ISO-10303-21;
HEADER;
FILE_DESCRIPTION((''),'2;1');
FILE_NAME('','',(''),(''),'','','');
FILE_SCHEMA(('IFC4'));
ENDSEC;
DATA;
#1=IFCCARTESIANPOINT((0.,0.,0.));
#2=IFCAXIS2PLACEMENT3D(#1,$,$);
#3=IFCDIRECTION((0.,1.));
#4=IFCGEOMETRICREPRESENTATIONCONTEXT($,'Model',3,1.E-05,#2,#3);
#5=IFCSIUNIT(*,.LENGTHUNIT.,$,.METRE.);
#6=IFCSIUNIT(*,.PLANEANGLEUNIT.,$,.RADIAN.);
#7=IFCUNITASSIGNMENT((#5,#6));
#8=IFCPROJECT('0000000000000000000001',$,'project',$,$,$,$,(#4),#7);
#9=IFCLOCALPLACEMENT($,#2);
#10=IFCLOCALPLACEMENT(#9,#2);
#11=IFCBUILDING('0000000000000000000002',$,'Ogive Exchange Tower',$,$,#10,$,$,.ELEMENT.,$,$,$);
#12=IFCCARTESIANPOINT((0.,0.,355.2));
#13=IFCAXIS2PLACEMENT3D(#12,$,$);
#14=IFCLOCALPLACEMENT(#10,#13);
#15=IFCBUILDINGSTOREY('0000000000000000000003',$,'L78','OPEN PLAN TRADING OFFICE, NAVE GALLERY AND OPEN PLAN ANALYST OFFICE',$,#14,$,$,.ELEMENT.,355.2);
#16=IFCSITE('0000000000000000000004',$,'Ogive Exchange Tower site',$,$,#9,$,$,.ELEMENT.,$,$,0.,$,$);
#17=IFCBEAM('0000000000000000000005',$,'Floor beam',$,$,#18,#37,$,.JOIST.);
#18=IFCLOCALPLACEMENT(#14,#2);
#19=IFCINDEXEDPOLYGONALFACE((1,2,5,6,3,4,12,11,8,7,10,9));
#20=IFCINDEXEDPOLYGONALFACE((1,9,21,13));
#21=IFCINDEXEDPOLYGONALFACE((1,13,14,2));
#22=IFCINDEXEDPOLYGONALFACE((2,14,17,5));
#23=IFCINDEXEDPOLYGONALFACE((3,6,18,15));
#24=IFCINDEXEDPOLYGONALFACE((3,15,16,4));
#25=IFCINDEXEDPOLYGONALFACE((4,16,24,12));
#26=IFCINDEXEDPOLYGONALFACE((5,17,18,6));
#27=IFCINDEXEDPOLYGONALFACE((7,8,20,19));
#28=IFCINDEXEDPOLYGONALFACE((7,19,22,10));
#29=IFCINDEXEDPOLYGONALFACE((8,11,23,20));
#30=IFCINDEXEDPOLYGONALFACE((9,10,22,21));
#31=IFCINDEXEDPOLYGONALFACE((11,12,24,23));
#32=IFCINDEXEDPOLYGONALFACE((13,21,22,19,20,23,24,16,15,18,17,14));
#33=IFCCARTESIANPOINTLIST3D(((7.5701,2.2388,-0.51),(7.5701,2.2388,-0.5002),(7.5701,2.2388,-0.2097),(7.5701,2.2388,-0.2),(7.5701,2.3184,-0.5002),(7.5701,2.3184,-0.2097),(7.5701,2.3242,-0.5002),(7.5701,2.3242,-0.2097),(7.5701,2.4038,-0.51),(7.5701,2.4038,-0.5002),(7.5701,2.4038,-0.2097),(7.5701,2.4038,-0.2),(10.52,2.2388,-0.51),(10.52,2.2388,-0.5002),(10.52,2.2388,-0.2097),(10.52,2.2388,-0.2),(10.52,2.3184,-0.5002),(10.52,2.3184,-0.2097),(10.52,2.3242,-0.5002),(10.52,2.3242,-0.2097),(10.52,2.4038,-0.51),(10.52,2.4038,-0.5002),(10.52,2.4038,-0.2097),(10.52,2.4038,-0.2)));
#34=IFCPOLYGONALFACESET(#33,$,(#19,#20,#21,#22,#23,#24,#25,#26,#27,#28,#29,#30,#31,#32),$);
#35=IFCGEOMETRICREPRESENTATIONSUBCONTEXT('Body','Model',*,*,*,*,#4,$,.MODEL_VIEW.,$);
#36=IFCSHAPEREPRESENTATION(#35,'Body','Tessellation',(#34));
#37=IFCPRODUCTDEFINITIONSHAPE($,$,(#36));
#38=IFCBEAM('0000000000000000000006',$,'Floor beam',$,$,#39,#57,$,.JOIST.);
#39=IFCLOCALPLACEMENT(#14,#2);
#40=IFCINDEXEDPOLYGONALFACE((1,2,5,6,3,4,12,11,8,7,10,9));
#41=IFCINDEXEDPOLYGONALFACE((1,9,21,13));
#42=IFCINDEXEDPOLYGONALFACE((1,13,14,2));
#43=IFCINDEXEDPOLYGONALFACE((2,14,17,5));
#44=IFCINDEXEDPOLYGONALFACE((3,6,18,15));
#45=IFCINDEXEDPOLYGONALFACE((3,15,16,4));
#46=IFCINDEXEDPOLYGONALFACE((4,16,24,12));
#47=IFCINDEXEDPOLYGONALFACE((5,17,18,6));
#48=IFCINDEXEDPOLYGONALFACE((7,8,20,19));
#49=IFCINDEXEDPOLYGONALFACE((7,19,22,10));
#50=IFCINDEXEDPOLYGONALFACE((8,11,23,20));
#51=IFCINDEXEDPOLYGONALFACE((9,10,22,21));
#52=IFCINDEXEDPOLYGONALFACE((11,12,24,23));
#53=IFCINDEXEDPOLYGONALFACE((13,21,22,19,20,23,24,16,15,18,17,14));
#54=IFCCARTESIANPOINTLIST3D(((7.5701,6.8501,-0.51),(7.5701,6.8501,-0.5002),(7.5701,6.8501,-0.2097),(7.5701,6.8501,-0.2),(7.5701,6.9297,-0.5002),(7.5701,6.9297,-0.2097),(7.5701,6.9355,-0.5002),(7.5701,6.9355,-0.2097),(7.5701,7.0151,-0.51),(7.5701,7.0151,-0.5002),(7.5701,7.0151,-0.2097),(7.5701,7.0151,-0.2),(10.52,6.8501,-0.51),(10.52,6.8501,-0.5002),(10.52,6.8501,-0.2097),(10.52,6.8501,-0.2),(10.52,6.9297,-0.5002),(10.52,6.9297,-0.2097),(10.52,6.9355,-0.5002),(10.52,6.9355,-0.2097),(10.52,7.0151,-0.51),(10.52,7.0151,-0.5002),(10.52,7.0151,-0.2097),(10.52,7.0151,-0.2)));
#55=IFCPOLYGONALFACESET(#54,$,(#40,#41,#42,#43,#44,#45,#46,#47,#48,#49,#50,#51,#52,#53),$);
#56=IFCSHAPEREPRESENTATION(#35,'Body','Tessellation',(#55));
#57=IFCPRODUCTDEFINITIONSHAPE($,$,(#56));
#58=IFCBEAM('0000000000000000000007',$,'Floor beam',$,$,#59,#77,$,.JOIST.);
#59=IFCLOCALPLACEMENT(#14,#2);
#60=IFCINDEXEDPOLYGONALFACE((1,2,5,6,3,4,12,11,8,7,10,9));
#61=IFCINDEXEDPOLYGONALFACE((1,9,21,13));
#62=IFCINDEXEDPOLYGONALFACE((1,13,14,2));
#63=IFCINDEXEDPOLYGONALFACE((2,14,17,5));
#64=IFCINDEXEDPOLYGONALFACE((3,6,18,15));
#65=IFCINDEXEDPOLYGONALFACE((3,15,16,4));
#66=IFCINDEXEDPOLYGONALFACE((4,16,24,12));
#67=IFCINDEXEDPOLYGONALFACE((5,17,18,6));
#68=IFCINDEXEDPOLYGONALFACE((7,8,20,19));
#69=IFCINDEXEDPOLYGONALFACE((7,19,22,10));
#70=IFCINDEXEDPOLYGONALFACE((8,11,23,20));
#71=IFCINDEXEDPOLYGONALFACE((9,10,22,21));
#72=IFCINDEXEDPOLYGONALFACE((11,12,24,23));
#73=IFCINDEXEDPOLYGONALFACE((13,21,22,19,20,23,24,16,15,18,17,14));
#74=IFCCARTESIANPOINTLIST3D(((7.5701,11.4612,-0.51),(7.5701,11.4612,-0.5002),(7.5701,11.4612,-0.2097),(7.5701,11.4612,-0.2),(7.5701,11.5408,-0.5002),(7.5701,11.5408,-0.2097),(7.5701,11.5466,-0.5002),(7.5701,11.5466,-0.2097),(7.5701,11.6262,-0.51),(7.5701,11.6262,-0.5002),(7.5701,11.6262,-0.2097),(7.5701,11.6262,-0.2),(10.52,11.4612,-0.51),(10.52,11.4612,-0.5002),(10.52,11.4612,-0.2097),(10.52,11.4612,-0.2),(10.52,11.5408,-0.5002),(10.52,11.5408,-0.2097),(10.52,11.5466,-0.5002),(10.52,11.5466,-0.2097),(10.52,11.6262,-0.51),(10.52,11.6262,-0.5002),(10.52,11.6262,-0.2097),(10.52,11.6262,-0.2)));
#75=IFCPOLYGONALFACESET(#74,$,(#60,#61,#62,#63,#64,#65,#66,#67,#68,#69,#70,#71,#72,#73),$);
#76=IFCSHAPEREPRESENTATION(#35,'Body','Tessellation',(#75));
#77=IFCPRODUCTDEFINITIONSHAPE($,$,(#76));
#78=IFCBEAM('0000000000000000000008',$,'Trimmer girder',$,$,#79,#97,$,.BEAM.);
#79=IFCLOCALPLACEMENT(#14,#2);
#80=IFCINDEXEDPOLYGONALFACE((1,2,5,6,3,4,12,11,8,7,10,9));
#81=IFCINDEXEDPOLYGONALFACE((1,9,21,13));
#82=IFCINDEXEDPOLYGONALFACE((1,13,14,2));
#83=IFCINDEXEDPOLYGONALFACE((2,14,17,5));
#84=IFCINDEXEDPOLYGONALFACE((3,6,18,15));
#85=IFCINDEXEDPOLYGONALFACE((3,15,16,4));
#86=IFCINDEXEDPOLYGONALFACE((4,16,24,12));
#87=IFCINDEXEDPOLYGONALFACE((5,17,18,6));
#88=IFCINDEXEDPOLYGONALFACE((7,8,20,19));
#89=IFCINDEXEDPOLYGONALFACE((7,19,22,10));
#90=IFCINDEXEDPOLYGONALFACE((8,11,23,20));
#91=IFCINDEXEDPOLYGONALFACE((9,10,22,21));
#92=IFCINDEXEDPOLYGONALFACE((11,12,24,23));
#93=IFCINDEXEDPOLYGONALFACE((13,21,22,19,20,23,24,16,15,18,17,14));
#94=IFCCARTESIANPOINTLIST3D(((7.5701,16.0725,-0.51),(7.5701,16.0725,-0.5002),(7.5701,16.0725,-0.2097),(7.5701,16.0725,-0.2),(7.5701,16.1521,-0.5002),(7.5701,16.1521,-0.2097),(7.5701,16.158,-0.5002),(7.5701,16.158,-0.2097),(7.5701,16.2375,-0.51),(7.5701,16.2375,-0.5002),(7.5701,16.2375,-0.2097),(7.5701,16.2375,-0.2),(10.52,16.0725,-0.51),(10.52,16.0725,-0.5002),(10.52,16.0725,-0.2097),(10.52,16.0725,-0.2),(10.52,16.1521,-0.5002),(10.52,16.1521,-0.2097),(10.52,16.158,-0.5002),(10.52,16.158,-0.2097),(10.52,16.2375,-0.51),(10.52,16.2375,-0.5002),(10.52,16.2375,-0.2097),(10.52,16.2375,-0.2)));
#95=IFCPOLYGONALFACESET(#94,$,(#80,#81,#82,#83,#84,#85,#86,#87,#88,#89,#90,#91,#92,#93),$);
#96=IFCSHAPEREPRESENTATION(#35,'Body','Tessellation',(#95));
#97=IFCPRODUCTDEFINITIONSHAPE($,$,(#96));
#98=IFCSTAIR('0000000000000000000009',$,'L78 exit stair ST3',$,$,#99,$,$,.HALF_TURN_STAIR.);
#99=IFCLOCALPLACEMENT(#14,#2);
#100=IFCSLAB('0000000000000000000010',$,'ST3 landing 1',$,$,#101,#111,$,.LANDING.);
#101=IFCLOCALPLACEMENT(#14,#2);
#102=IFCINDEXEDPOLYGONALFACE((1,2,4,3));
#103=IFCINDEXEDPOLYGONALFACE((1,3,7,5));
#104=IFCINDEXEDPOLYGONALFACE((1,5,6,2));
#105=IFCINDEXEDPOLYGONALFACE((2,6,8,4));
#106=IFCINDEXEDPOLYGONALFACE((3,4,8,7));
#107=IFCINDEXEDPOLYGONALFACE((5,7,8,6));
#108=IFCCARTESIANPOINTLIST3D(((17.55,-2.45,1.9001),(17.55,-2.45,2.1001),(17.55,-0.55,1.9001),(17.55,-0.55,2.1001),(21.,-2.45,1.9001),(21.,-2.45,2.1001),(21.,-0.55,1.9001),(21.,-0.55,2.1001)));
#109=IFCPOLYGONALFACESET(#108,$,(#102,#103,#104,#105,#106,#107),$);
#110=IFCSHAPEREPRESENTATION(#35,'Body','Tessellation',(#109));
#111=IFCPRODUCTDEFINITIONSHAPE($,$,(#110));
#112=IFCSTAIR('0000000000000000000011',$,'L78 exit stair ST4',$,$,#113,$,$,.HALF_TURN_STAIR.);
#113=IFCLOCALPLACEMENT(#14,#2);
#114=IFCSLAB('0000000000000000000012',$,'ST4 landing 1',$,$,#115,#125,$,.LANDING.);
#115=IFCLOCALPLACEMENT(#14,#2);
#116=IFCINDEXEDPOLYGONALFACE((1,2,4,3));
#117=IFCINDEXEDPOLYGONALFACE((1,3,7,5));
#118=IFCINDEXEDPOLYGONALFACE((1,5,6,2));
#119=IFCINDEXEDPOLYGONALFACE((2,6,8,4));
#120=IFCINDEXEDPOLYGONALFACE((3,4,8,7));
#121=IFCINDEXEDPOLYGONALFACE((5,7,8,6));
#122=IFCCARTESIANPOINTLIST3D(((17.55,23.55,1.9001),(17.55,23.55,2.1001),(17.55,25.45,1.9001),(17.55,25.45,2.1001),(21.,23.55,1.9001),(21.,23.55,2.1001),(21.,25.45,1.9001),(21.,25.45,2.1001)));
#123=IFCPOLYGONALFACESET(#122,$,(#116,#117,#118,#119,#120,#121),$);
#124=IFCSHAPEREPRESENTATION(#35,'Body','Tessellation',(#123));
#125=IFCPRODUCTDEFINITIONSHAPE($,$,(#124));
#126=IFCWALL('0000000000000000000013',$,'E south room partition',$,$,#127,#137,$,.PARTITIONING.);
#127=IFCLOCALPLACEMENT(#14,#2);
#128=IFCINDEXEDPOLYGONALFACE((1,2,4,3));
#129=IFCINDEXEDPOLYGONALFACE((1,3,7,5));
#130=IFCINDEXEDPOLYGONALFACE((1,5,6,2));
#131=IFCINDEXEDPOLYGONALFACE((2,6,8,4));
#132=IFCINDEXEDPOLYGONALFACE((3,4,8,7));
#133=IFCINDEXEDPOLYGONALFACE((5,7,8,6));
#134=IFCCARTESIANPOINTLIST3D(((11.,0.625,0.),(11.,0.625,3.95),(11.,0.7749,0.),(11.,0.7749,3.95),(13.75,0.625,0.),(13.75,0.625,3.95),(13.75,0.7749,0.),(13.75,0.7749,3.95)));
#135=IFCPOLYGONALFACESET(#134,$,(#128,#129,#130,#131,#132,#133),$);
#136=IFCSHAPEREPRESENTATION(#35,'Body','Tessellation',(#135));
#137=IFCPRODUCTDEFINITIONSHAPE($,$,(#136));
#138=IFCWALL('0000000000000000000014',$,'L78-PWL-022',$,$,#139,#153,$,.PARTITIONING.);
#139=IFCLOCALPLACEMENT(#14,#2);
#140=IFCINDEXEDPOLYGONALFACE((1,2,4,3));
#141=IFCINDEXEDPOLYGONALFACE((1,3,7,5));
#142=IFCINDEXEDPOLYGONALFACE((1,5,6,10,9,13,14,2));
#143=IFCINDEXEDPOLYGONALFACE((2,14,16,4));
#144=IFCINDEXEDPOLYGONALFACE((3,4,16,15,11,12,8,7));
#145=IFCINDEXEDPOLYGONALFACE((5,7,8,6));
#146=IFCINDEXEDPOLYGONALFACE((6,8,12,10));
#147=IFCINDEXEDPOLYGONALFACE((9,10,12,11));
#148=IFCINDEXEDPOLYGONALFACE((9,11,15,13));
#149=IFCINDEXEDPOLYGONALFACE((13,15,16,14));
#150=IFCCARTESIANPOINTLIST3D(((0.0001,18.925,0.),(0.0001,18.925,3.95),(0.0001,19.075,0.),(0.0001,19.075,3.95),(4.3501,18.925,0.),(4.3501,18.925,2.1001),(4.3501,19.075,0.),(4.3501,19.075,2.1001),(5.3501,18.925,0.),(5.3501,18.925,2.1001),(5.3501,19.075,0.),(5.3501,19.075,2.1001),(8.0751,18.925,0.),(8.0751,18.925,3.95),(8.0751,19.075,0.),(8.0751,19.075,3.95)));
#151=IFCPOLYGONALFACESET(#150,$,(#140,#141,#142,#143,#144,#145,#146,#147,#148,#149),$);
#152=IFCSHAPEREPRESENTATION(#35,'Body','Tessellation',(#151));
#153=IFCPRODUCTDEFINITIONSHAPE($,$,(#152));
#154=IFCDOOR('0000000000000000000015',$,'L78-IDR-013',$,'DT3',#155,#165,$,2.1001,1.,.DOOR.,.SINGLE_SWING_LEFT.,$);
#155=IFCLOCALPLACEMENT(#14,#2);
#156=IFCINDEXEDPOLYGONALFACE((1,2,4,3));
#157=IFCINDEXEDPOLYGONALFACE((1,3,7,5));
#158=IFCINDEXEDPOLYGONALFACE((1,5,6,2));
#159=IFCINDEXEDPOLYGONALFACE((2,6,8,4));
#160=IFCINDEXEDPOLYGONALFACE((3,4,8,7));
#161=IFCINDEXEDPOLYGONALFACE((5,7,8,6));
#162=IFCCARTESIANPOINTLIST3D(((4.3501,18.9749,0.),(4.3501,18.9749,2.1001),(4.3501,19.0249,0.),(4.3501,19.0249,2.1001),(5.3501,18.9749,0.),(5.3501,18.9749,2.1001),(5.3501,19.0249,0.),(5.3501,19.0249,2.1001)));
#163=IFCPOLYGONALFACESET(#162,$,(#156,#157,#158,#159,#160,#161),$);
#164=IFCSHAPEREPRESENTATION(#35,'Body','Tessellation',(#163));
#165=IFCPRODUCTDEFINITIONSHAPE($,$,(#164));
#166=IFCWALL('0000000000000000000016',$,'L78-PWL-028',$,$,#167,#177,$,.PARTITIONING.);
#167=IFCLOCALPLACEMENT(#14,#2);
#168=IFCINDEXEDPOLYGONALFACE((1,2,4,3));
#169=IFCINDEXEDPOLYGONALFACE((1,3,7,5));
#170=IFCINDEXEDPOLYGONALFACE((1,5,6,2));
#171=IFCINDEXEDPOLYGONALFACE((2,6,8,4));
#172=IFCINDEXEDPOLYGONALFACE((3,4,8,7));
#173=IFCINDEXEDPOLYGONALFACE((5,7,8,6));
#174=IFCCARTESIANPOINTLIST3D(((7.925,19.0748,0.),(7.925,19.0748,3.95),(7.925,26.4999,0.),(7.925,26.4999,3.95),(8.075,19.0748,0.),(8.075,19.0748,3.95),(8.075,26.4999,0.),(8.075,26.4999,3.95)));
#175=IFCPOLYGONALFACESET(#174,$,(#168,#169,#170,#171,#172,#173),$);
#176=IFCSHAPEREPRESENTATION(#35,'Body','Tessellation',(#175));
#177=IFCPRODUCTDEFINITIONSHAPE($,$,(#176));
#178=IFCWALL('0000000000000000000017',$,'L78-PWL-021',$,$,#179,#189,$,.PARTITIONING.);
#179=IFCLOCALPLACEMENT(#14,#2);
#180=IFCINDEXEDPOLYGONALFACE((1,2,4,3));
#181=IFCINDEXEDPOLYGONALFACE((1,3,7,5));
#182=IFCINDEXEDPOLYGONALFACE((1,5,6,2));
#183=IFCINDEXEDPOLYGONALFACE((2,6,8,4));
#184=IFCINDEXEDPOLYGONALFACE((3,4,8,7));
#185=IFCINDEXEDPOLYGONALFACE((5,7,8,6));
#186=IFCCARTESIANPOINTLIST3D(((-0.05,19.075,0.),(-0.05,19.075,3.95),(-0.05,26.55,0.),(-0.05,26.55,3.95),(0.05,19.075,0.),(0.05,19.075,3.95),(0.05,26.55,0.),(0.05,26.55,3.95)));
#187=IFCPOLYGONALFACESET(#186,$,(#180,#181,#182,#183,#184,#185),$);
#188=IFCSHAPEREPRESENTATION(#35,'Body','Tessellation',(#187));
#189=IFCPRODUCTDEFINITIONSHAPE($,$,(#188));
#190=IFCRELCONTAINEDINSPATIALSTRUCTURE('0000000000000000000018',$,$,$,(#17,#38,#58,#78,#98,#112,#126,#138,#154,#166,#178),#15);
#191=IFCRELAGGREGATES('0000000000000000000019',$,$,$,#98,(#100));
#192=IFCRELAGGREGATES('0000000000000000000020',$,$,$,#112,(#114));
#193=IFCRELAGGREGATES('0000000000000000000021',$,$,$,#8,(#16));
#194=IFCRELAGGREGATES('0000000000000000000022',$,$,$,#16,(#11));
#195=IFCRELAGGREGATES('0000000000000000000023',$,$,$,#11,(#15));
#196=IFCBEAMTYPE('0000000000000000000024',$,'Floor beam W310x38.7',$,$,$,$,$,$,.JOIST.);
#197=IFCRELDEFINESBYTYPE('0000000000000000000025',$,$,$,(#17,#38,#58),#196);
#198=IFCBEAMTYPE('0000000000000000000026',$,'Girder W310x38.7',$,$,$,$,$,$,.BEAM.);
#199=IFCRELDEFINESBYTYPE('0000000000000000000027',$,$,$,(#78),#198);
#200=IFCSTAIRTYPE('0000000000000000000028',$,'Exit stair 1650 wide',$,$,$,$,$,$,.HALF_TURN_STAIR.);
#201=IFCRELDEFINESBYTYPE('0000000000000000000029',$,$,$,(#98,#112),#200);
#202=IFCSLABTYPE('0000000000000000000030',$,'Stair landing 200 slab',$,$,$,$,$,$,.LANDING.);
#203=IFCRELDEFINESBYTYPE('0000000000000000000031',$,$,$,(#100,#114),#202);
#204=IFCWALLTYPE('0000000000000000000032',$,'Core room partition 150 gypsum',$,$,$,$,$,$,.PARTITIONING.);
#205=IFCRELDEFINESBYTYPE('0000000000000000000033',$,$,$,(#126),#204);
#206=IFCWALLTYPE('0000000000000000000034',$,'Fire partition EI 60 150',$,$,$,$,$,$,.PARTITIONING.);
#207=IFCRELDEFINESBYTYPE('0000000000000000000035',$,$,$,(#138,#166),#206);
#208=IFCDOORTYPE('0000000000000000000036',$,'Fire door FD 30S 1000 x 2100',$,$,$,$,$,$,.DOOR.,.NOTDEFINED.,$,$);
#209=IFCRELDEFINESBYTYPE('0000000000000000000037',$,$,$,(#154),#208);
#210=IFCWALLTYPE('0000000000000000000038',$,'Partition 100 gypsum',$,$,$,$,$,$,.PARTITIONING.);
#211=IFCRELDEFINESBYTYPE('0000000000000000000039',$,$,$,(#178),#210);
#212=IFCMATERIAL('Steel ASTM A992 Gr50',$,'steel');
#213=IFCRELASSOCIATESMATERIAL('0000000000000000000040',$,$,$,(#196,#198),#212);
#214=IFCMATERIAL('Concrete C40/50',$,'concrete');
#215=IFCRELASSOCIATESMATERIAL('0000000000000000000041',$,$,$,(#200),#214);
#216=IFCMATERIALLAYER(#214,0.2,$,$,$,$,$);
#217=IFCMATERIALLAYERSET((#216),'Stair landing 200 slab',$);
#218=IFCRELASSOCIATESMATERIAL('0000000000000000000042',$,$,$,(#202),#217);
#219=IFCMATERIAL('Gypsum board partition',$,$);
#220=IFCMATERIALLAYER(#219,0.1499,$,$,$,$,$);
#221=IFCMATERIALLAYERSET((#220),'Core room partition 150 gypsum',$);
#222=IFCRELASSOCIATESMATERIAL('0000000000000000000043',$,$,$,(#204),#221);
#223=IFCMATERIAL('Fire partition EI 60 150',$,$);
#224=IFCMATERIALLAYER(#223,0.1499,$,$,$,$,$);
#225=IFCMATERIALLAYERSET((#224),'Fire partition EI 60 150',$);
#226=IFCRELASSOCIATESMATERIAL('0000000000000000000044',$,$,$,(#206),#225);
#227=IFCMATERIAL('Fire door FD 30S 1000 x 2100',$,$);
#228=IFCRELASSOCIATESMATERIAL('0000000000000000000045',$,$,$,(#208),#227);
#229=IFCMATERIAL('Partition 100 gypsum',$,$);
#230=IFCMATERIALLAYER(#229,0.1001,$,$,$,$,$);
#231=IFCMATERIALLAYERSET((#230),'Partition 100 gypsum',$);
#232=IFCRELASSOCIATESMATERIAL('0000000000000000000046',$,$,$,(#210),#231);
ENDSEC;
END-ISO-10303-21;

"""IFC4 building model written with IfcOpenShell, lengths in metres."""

from ifc_helpers import new_model, si_unit, direction, frame, frame_2d, origin, origin_2d, place, context, subcontext, project, spatial, polyline, rectangle, i_section, outline, extrude, material, layer, layer_set, material_profile, profile_set, type_object, element, fill, aggregate, save


model = new_model("IFC4")

# Units and contexts
model_context = context("Model", 3, precision=1e-05, world=origin(), true_north=direction((0.0, 1.0)))
body_context = subcontext(model_context, "Body", "Model", "MODEL_VIEW")
ifc_project = project(units=[si_unit("LENGTHUNIT", "METRE"), si_unit("PLANEANGLEUNIT", "RADIAN")], contexts=[model_context])

# Site, building, storey
site_placement = place(None, origin())
site = spatial("IfcSite", under=ifc_project, at=site_placement, Name="Ogive Exchange Tower site", CompositionType="ELEMENT", RefElevation=0.0)
building_placement = place(site_placement, origin())
building = spatial("IfcBuilding", under=site, at=building_placement, Name="Ogive Exchange Tower", CompositionType="ELEMENT")
storey_placement = place(building_placement, frame((0.0, 0.0, 355.2)))
storey = spatial("IfcBuildingStorey", under=building, at=storey_placement, Name="L78", Description="OPEN PLAN TRADING OFFICE, NAVE GALLERY AND OPEN PLAN ANALYST OFFICE", CompositionType="ELEMENT", Elevation=355.2)

# Beams
ifc_material_1 = material(Name="Steel ASTM A992 Gr50", Category="steel")
ifc_material_profile_1 = material_profile(ifc_material_1, i_section(OverallWidth=0.165, OverallDepth=0.3101, WebThickness=0.0059, FlangeThickness=0.0098, at=origin_2d()), Name="W310x38.7")
ifc_profile_set_1 = profile_set([ifc_material_profile_1], Name="Steel ASTM A992 Gr50")
beam_type_1 = type_object("IfcBeamType", Name="Floor beam W310x38.7", PredefinedType="JOIST", material=ifc_profile_set_1)
for number, where, z_axis, x_axis, name in (
    (1, (7.5701, 2.3213, -0.355), (1.0, 0.0, 0.0), (0.0, 1.0, 0.0), "Floor beam"),
    (2, (7.5701, 6.9326, -0.355), (1.0, 0.0, 0.0), (0.0, 1.0, 0.0), "Floor beam"),
    (3, (7.5701, 11.5437, -0.355), (1.0, 0.0, 0.0), (0.0, 1.0, 0.0), "Floor beam"),
):
    element("IfcBeam", number, at=place(storey_placement, frame(where, z_axis=z_axis, x_axis=x_axis)), inside=storey, type_object=beam_type_1, Name=name, PredefinedType="JOIST", context=body_context, shape_type="SweptSolid", body=[
        extrude(i_section(OverallWidth=0.165, OverallDepth=0.3101, WebThickness=0.0059, FlangeThickness=0.0098, at=origin_2d()), origin(), (0.0, 0.0, 1.0), 2.95),
    ])
ifc_material_profile_2 = material_profile(ifc_material_1, i_section(OverallWidth=0.165, OverallDepth=0.3101, WebThickness=0.0059, FlangeThickness=0.0098, at=origin_2d()), Name="W310x38.7")
ifc_profile_set_2 = profile_set([ifc_material_profile_2], Name="Steel ASTM A992 Gr50")
beam_type_2 = type_object("IfcBeamType", Name="Girder W310x38.7", PredefinedType="BEAM", material=ifc_profile_set_2)
beam_placement = place(storey_placement, frame((7.5701, 16.155, -0.355), z_axis=(1.0, 0.0, 0.0), x_axis=(0.0, 1.0, 0.0)))
element("IfcBeam", 4, at=beam_placement, inside=storey, type_object=beam_type_2, Name="Trimmer girder", PredefinedType="BEAM", context=body_context, shape_type="SweptSolid", body=[
    extrude(i_section(OverallWidth=0.165, OverallDepth=0.3101, WebThickness=0.0059, FlangeThickness=0.0098, at=origin_2d()), origin(), (0.0, 0.0, 1.0), 2.95),
])

# Stairs, slabs
ifc_material_2 = material(Name="Concrete C40/50", Category="concrete")
stair_type = type_object("IfcStairType", Name="Exit stair 1650 wide", PredefinedType="HALF_TURN_STAIR", material=ifc_material_2)
stair_1_placement = place(storey_placement, origin())
stair_1 = element("IfcStair", 5, at=stair_1_placement, inside=storey, type_object=stair_type, Name="L78 exit stair ST3", PredefinedType="HALF_TURN_STAIR")
ifc_layer_1 = layer(ifc_material_2, 0.2)
ifc_layer_set_1 = layer_set([ifc_layer_1], Name="Stair landing 200 slab")
slab_type = type_object("IfcSlabType", Name="Stair landing 200 slab", PredefinedType="LANDING", material=ifc_layer_set_1)
slab_1_placement = place(storey_placement, frame((0.0, 0.0, 1.9001)))
slab_1 = element("IfcSlab", 6, at=slab_1_placement, type_object=slab_type, Name="ST3 landing 1", PredefinedType="LANDING", context=body_context, shape_type="SweptSolid", body=[
    extrude(outline(polyline([(17.55, -0.55), (17.55, -2.45), (21.0, -2.45), (21.0, -0.55), (17.55, -0.55)])), origin(), (0.0, 0.0, 1.0), 0.2),
])
aggregate(stair_1, [slab_1])
stair_2_placement = place(storey_placement, origin())
stair_2 = element("IfcStair", 7, at=stair_2_placement, inside=storey, type_object=stair_type, Name="L78 exit stair ST4", PredefinedType="HALF_TURN_STAIR")
slab_2_placement = place(storey_placement, frame((0.0, 0.0, 1.9001)))
slab_2 = element("IfcSlab", 8, at=slab_2_placement, type_object=slab_type, Name="ST4 landing 1", PredefinedType="LANDING", context=body_context, shape_type="SweptSolid", body=[
    extrude(outline(polyline([(21.0, 23.55), (21.0, 25.45), (17.55, 25.45), (17.55, 23.55), (21.0, 23.55)])), origin(), (0.0, 0.0, 1.0), 0.2),
])
aggregate(stair_2, [slab_2])

# Wall
ifc_material_3 = material(Name="Gypsum board partition")
ifc_layer_2 = layer(ifc_material_3, 0.1499)
ifc_layer_set_2 = layer_set([ifc_layer_2], Name="Core room partition 150 gypsum")
wall_type_1 = type_object("IfcWallType", Name="Core room partition 150 gypsum", PredefinedType="PARTITIONING", material=ifc_layer_set_2)
wall_1_placement = place(storey_placement, frame((11.0, 0.7, 0.0), z_axis=(0.0, 0.0, 1.0), x_axis=(1.0, 0.0, 0.0)))
element("IfcWall", 9, at=wall_1_placement, inside=storey, type_object=wall_type_1, Name="E south room partition", PredefinedType="PARTITIONING", context=body_context, shape_type="SweptSolid", body=[
    extrude(rectangle(XDim=2.75, YDim=0.1499, at=frame_2d((1.375, 0.0))), origin(), (0.0, 0.0, 1.0), 3.95),
])

# Wall, opening, door
ifc_material_4 = material(Name="Fire partition EI 60 150")
ifc_layer_3 = layer(ifc_material_4, 0.1499)
ifc_layer_set_3 = layer_set([ifc_layer_3], Name="Fire partition EI 60 150")
wall_type_2 = type_object("IfcWallType", Name="Fire partition EI 60 150", PredefinedType="PARTITIONING", material=ifc_layer_set_3)
wall_2_placement = place(storey_placement, frame((0.0, 19.0, 0.0), z_axis=(0.0, 0.0, 1.0), x_axis=(1.0, 0.0, 0.0)))
wall_2 = element("IfcWall", 10, at=wall_2_placement, inside=storey, type_object=wall_type_2, Name="L78-PWL-022", PredefinedType="PARTITIONING", context=body_context, shape_type="SweptSolid", body=[
    extrude(rectangle(XDim=8.075, YDim=0.1499, at=frame_2d((4.0376, 0.0))), origin(), (0.0, 0.0, 1.0), 3.95),
])
opening_1_placement = place(wall_2_placement, frame((4.3501, 0.0, 0.0)))
opening_1 = element("IfcOpeningElement", 11, at=opening_1_placement, cuts=wall_2, PredefinedType="OPENING", context=body_context, shape_type="SweptSolid", body=[
    extrude(rectangle(XDim=1.0, YDim=2.1001, at=frame_2d((0.5, 1.05))), frame((0.0, 0.085, 0.0), z_axis=(0.0, -1.0, 0.0), x_axis=(1.0, 0.0, 0.0)), (0.0, 0.0, 1.0), 0.1699),
])
ifc_material_5 = material(Name="Fire door FD 30S 1000 x 2100")
door_type_1 = type_object("IfcDoorType", Name="Fire door FD 30S 1000 x 2100", OperationType="NOTDEFINED", PredefinedType="DOOR", material=ifc_material_5)
door_1_placement = place(opening_1_placement, origin())
door_1 = element("IfcDoor", 12, at=door_1_placement, inside=storey, type_object=door_type_1, Name="L78-IDR-013", ObjectType="DT3", OperationType="SINGLE_SWING_LEFT", OverallHeight=2.1001, OverallWidth=1.0, PredefinedType="DOOR", context=body_context, shape_type="SweptSolid", body=[
    extrude(rectangle(XDim=1.0, YDim=2.1001, at=frame_2d((0.5, 1.05))), frame((0.0, 0.0249, 0.0), z_axis=(0.0, -1.0, 0.0), x_axis=(1.0, 0.0, 0.0)), (0.0, 0.0, 1.0), 0.05),
])
fill(opening_1, door_1)

# Walls
wall_3_placement = place(storey_placement, frame((8.0, 19.075, 0.0), z_axis=(0.0, 0.0, 1.0), x_axis=(0.0, 1.0, 0.0)))
element("IfcWall", 13, at=wall_3_placement, inside=storey, type_object=wall_type_2, Name="L78-PWL-028", PredefinedType="PARTITIONING", context=body_context, shape_type="SweptSolid", body=[
    extrude(rectangle(XDim=7.425, YDim=0.1499, at=frame_2d((3.7124, 0.0))), origin(), (0.0, 0.0, 1.0), 3.95),
])
ifc_material_6 = material(Name="Partition 100 gypsum")
ifc_layer_4 = layer(ifc_material_6, 0.1001)
ifc_layer_set_4 = layer_set([ifc_layer_4], Name="Partition 100 gypsum")
wall_type_3 = type_object("IfcWallType", Name="Partition 100 gypsum", PredefinedType="PARTITIONING", material=ifc_layer_set_4)
wall_4_placement = place(storey_placement, frame((0.0, 19.075, 0.0), z_axis=(0.0, 0.0, 1.0), x_axis=(0.0, 1.0, 0.0)))
element("IfcWall", 14, at=wall_4_placement, inside=storey, type_object=wall_type_3, Name="L78-PWL-021", PredefinedType="PARTITIONING", context=body_context, shape_type="SweptSolid", body=[
    extrude(rectangle(XDim=7.4751, YDim=0.1001, at=frame_2d((3.7375, 0.0))), origin(), (0.0, 0.0, 1.0), 3.95),
])

save(model, "model.ifc")
